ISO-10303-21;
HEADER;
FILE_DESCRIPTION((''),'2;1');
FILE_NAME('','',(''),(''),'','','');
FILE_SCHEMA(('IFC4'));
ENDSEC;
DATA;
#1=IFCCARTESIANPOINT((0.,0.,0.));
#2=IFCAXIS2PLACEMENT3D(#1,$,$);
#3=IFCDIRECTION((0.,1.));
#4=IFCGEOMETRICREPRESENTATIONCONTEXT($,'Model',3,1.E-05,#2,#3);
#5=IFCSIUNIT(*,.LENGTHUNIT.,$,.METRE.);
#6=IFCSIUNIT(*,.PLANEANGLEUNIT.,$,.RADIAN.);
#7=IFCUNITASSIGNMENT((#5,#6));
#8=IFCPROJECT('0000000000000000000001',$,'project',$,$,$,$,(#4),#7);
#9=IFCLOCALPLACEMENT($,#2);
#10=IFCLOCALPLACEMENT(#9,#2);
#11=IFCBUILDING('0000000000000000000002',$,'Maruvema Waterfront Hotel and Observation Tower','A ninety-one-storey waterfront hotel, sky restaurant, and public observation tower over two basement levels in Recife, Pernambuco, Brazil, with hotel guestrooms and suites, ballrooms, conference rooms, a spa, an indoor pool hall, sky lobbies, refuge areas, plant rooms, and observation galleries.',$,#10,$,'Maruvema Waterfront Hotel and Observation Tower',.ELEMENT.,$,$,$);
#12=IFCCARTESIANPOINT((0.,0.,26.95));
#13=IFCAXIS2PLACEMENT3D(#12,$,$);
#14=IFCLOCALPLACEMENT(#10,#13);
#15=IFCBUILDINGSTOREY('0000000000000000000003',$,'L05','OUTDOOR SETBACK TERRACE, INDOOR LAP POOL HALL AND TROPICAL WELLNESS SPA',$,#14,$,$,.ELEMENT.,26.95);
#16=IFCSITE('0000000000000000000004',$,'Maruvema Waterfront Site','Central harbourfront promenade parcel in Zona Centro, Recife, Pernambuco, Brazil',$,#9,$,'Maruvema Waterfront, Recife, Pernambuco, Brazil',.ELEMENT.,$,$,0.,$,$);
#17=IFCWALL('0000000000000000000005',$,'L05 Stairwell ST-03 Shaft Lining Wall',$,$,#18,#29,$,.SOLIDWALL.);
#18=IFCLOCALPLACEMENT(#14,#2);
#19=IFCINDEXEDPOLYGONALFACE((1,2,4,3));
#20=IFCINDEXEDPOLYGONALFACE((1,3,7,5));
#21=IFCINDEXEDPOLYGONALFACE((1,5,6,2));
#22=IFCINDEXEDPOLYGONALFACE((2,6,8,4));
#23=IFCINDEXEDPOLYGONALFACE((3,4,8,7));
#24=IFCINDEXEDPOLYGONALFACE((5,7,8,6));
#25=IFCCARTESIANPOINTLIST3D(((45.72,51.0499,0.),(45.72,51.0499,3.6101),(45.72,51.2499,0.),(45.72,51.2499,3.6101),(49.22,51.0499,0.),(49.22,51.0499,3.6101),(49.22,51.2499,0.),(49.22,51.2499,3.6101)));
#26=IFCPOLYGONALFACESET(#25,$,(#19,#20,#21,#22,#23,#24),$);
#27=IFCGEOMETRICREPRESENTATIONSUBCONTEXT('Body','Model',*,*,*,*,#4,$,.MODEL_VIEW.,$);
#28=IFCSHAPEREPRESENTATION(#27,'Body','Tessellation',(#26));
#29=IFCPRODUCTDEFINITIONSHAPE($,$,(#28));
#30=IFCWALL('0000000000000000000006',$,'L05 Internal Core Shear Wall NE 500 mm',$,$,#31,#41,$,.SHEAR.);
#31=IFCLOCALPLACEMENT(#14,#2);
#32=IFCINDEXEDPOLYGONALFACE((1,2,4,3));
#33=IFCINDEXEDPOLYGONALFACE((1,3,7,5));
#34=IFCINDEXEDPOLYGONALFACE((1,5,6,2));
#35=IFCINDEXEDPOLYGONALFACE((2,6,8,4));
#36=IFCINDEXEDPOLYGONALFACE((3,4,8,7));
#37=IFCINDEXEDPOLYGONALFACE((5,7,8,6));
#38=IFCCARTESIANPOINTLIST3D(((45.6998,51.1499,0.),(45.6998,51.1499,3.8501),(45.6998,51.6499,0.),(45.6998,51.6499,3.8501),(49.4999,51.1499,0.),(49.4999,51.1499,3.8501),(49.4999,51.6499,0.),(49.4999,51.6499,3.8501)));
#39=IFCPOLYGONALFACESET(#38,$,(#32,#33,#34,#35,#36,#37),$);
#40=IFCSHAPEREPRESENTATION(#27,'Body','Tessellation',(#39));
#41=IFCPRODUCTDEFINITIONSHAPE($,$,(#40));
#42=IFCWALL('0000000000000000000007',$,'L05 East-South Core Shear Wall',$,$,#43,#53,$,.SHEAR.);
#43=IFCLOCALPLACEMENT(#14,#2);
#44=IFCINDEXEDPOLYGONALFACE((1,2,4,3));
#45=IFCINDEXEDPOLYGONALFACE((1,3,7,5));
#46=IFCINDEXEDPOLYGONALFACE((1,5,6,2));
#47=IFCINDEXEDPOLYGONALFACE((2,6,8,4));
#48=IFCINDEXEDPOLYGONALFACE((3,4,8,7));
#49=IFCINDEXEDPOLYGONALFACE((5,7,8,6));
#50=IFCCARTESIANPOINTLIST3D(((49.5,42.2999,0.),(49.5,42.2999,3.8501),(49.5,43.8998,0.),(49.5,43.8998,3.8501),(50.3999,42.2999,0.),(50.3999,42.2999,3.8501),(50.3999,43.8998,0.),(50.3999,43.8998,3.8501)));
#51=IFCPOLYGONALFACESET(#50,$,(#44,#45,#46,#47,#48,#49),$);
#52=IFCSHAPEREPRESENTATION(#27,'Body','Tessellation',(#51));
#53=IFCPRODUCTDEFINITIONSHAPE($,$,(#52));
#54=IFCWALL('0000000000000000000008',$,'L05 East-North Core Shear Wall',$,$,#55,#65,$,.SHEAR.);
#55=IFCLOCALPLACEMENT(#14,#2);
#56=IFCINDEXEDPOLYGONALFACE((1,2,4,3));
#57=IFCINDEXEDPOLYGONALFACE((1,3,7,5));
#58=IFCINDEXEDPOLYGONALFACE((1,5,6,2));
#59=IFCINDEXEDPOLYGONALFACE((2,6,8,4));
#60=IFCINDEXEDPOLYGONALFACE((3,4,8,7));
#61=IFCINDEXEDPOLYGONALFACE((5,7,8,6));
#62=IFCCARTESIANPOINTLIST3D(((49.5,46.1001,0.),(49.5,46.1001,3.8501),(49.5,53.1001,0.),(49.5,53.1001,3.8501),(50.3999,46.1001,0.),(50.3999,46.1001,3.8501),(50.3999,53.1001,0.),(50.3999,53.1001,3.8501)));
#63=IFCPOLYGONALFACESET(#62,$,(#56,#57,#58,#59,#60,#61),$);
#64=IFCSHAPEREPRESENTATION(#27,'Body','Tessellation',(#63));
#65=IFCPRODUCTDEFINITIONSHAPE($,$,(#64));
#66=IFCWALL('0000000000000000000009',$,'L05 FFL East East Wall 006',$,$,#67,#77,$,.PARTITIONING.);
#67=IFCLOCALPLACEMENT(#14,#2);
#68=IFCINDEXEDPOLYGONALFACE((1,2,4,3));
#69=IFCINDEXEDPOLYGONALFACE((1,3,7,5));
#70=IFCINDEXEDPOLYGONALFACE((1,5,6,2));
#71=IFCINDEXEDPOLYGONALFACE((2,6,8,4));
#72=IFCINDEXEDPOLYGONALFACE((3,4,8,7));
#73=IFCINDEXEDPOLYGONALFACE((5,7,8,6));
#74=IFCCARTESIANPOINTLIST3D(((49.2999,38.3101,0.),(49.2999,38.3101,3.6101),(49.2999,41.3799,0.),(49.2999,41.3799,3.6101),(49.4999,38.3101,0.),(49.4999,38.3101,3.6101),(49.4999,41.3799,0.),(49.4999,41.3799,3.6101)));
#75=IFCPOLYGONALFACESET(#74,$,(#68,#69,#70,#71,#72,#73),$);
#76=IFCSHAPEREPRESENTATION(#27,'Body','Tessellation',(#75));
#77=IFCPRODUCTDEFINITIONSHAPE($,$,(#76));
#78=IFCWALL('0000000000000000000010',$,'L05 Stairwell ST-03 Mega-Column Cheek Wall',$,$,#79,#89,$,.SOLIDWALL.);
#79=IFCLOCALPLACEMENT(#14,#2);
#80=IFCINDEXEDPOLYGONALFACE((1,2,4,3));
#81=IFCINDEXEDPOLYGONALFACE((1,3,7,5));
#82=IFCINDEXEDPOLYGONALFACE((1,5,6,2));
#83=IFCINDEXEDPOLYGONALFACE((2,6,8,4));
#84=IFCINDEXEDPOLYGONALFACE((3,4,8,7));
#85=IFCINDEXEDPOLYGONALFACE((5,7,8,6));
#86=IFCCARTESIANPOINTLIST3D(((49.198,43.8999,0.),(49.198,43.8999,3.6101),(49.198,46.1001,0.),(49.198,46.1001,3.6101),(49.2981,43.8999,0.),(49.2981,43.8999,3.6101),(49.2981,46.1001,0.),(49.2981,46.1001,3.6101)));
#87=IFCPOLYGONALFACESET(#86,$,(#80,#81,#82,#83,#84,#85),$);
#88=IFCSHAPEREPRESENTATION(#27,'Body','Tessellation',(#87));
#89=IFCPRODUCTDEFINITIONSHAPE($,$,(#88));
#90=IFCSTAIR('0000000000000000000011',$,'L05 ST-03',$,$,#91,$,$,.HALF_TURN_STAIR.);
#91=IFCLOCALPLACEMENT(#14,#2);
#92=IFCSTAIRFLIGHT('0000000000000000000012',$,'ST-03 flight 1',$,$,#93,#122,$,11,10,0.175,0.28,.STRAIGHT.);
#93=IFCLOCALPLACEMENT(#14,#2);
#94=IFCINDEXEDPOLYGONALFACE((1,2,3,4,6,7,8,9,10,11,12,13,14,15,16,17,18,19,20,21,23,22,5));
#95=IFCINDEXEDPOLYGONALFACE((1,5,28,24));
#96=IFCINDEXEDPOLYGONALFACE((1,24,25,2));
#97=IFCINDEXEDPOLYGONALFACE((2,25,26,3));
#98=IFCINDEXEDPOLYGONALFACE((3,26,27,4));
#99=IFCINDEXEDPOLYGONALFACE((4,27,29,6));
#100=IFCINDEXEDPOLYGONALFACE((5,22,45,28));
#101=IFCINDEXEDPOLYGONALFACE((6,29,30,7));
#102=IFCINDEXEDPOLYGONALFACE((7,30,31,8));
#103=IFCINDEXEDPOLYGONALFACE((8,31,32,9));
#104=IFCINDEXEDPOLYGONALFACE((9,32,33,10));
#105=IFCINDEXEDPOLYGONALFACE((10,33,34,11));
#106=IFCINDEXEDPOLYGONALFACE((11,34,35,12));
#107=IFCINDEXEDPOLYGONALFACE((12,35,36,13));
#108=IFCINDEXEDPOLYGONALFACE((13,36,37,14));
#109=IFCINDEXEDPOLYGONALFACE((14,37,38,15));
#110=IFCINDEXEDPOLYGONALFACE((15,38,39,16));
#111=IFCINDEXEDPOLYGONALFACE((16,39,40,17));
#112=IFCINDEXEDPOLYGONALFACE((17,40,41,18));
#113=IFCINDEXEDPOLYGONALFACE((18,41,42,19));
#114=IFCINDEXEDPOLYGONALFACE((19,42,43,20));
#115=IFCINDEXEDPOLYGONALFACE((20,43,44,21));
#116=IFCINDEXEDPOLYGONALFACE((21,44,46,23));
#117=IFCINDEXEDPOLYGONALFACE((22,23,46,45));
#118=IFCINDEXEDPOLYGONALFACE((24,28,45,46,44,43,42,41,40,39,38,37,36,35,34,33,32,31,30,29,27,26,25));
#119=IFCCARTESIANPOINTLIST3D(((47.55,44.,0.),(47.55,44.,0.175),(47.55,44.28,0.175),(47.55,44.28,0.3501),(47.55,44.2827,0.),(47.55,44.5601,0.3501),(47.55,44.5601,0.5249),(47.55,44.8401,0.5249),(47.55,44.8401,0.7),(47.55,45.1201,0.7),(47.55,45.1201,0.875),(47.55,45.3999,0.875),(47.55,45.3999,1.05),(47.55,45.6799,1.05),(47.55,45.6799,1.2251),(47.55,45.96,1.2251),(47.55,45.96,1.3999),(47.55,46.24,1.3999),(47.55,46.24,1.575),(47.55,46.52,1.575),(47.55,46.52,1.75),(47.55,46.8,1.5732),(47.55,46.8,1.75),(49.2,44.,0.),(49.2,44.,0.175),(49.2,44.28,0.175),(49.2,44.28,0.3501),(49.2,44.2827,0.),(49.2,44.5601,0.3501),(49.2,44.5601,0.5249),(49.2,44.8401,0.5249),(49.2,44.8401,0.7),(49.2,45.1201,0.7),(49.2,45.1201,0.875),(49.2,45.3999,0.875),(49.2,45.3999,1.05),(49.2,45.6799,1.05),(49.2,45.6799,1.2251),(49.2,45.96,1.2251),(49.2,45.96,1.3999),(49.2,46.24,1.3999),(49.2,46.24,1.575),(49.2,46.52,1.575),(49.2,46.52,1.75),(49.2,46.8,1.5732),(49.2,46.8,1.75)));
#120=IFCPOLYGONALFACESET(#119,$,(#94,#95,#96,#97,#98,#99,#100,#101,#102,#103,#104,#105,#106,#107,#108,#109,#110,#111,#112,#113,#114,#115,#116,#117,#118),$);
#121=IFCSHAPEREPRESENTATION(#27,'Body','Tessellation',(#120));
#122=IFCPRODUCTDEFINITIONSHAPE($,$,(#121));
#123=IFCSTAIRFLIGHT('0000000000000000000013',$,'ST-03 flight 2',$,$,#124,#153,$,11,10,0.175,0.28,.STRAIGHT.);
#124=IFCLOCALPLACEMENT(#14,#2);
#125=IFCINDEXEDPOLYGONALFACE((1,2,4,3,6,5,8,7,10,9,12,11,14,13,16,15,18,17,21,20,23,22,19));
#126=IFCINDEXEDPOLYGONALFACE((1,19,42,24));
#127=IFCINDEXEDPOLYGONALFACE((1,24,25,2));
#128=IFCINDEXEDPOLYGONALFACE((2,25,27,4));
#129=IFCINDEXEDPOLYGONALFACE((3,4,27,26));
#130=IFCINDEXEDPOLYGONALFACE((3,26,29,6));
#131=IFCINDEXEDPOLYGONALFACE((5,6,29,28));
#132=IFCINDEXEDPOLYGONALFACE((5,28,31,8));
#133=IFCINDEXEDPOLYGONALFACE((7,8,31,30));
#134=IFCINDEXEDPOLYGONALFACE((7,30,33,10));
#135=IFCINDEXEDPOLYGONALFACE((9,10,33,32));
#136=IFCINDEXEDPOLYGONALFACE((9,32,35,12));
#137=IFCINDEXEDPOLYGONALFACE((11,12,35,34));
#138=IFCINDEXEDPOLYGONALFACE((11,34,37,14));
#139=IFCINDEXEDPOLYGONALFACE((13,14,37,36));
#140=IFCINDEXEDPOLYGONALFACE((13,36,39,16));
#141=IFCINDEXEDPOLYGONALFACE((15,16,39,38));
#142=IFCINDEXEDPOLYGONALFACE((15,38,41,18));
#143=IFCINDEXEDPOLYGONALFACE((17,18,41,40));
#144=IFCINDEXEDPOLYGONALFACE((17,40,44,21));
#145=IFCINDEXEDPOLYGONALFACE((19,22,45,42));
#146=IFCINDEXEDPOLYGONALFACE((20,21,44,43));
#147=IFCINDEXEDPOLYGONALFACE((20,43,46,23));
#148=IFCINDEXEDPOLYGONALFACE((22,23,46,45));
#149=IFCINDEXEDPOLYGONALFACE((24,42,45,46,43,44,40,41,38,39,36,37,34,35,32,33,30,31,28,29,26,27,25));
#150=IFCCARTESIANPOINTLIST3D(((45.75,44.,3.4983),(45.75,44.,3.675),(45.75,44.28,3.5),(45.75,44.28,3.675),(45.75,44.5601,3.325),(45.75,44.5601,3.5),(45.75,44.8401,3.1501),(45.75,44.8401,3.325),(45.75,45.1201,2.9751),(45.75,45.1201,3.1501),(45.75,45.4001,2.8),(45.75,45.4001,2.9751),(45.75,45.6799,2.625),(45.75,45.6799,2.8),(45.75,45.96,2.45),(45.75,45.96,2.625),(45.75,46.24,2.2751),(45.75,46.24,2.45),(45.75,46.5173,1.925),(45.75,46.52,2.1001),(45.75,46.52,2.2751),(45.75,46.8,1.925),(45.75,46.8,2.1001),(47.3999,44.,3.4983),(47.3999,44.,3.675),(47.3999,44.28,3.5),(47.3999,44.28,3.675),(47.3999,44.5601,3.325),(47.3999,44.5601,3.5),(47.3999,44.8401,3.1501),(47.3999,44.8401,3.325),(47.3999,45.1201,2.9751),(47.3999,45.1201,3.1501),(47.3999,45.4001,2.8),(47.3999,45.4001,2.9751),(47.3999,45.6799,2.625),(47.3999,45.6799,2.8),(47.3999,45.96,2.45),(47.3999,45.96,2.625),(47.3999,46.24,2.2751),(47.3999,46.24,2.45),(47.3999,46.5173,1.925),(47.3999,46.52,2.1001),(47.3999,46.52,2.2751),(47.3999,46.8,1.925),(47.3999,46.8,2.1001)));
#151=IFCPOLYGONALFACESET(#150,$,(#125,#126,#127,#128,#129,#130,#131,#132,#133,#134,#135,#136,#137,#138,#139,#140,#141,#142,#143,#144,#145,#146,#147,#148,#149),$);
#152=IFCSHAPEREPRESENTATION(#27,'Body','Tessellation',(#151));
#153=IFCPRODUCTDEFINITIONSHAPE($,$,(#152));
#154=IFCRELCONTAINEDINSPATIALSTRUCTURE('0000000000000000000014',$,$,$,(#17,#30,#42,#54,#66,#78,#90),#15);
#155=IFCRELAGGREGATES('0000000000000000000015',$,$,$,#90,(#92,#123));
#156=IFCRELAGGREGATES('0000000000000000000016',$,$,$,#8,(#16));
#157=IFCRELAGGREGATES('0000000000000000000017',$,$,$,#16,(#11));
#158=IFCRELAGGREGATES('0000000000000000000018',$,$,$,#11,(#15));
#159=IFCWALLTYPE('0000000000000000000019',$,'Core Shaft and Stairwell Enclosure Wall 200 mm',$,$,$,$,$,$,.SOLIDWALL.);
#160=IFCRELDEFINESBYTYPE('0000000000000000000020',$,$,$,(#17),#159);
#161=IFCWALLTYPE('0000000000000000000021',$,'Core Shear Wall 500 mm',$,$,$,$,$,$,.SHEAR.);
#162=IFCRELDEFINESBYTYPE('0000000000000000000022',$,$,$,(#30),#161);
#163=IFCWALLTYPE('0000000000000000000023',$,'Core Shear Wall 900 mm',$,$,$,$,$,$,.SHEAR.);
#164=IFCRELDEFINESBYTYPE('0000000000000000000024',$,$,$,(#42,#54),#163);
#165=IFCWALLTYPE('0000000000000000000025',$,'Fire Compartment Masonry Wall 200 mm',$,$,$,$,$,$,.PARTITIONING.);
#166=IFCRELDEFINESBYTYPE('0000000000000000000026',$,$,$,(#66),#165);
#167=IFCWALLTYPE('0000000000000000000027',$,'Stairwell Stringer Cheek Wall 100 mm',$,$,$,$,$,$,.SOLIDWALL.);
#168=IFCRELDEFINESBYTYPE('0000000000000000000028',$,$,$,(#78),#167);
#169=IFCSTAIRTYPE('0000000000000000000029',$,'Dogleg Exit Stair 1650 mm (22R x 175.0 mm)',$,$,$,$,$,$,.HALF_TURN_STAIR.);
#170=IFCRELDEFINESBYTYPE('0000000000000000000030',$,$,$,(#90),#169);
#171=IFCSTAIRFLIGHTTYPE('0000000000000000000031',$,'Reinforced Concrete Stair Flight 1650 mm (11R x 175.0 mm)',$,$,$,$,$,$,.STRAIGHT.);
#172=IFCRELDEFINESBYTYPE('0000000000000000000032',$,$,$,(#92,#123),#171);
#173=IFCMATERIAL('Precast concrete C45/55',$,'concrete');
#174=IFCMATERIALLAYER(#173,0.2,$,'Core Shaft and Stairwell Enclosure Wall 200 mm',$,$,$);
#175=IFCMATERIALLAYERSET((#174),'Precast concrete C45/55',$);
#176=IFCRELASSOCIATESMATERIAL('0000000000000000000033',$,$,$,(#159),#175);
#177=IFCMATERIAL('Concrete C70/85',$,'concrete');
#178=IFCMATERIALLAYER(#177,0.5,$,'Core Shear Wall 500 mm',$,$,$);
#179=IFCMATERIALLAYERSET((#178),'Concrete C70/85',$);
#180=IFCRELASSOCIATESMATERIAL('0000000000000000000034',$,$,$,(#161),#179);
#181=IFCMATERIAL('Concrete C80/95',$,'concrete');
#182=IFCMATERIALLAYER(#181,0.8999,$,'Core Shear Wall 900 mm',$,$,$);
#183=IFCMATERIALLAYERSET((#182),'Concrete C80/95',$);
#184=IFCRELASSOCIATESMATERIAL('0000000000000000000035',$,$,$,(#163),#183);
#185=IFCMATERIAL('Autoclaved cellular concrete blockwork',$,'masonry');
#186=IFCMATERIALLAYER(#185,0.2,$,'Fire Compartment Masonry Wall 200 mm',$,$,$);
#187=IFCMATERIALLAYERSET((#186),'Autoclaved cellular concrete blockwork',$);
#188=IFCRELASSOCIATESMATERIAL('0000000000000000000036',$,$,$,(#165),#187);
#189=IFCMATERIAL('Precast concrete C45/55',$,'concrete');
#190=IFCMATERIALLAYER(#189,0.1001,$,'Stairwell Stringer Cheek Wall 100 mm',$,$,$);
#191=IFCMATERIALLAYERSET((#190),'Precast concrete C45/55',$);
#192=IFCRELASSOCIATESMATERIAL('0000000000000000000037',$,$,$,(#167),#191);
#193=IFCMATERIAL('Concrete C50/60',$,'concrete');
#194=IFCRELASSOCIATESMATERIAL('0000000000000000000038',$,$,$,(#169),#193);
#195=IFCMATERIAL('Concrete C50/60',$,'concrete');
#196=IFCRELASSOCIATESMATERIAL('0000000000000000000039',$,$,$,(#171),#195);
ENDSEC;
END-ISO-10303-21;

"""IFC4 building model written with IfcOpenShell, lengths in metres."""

from ifc_helpers import new_model, si_unit, direction, frame, frame_2d, origin, place, context, subcontext, project, spatial, polyline, rectangle, outline, extrude, material, layer, layer_set, type_object, element, aggregate, save


model = new_model("IFC4")

# Units and contexts
model_context = context("Model", 3, precision=1e-05, world=origin(), true_north=direction((0.0, 1.0)))
body_context = subcontext(model_context, "Body", "Model", "MODEL_VIEW")
ifc_project = project(units=[si_unit("LENGTHUNIT", "METRE"), si_unit("PLANEANGLEUNIT", "RADIAN")], contexts=[model_context])

# Site, building, storey
site_placement = place(None, origin())
site = spatial("IfcSite", under=ifc_project, at=site_placement, Name="Maruvema Waterfront Site", Description="Central harbourfront promenade parcel in Zona Centro, Recife, Pernambuco, Brazil", LongName="Maruvema Waterfront, Recife, Pernambuco, Brazil", CompositionType="ELEMENT", RefElevation=0.0)
building_placement = place(site_placement, origin())
building = spatial("IfcBuilding", under=site, at=building_placement, Name="Maruvema Waterfront Hotel and Observation Tower", Description="A ninety-one-storey waterfront hotel, sky restaurant, and public observation tower over two basement levels in Recife, Pernambuco, Brazil, with hotel guestrooms and suites, ballrooms, conference rooms, a spa, an indoor pool hall, sky lobbies, refuge areas, plant rooms, and observation galleries.", LongName="Maruvema Waterfront Hotel and Observation Tower", CompositionType="ELEMENT")
storey_placement = place(building_placement, frame((0.0, 0.0, 26.95)))
storey = spatial("IfcBuildingStorey", under=building, at=storey_placement, Name="L05", Description="OUTDOOR SETBACK TERRACE, INDOOR LAP POOL HALL AND TROPICAL WELLNESS SPA", CompositionType="ELEMENT", Elevation=26.95)

# Walls
ifc_material_1 = material(Name="Precast concrete C45/55", Category="concrete")
ifc_layer_1 = layer(ifc_material_1, 0.2, Name="Core Shaft and Stairwell Enclosure Wall 200 mm")
ifc_layer_set_1 = layer_set([ifc_layer_1], Name="Precast concrete C45/55")
wall_type_1 = type_object("IfcWallType", Name="Core Shaft and Stairwell Enclosure Wall 200 mm", PredefinedType="SOLIDWALL", material=ifc_layer_set_1)
wall_1_placement = place(storey_placement, frame((45.72, 51.1499, 0.0), z_axis=(0.0, 0.0, 1.0), x_axis=(1.0, 0.0, 0.0)))
element("IfcWall", 1, at=wall_1_placement, inside=storey, type_object=wall_type_1, Name="L05 Stairwell ST-03 Shaft Lining Wall", PredefinedType="SOLIDWALL", context=body_context, shape_type="SweptSolid", body=[
    extrude(rectangle(XDim=3.5, YDim=0.2, at=frame_2d((1.75, 0.0))), origin(), (0.0, 0.0, 1.0), 3.6101),
])
ifc_material_2 = material(Name="Concrete C70/85", Category="concrete")
ifc_layer_2 = layer(ifc_material_2, 0.5, Name="Core Shear Wall 500 mm")
ifc_layer_set_2 = layer_set([ifc_layer_2], Name="Concrete C70/85")
wall_type_2 = type_object("IfcWallType", Name="Core Shear Wall 500 mm", PredefinedType="SHEAR", material=ifc_layer_set_2)
wall_2_placement = place(storey_placement, frame((45.7, 51.3999, 0.0), z_axis=(0.0, 0.0, 1.0), x_axis=(1.0, 0.0, 0.0)))
element("IfcWall", 2, at=wall_2_placement, inside=storey, type_object=wall_type_2, Name="L05 Internal Core Shear Wall NE 500 mm", PredefinedType="SHEAR", context=body_context, shape_type="SweptSolid", body=[
    extrude(rectangle(XDim=3.8, YDim=0.5, at=frame_2d((1.8999, 0.0))), origin(), (0.0, 0.0, 1.0), 3.8501),
])
ifc_material_3 = material(Name="Concrete C80/95", Category="concrete")
ifc_layer_3 = layer(ifc_material_3, 0.8999, Name="Core Shear Wall 900 mm")
ifc_layer_set_3 = layer_set([ifc_layer_3], Name="Concrete C80/95")
wall_type_3 = type_object("IfcWallType", Name="Core Shear Wall 900 mm", PredefinedType="SHEAR", material=ifc_layer_set_3)
wall_3_placement = place(storey_placement, frame((49.95, 42.3, 0.0), z_axis=(0.0, 0.0, 1.0), x_axis=(0.0, 1.0, 0.0)))
element("IfcWall", 3, at=wall_3_placement, inside=storey, type_object=wall_type_3, Name="L05 East-South Core Shear Wall", PredefinedType="SHEAR", context=body_context, shape_type="SweptSolid", body=[
    extrude(rectangle(XDim=1.5999, YDim=0.8999, at=frame_2d((0.7998, 0.0))), origin(), (0.0, 0.0, 1.0), 3.8501),
])
wall_4_placement = place(storey_placement, frame((49.95, 46.1001, 0.0), z_axis=(0.0, 0.0, 1.0), x_axis=(0.0, 1.0, 0.0)))
element("IfcWall", 4, at=wall_4_placement, inside=storey, type_object=wall_type_3, Name="L05 East-North Core Shear Wall", PredefinedType="SHEAR", context=body_context, shape_type="SweptSolid", body=[
    extrude(rectangle(XDim=7.0, YDim=0.8999, at=frame_2d((3.5, 0.0))), origin(), (0.0, 0.0, 1.0), 3.8501),
])
ifc_material_4 = material(Name="Autoclaved cellular concrete blockwork", Category="masonry")
ifc_layer_4 = layer(ifc_material_4, 0.2, Name="Fire Compartment Masonry Wall 200 mm")
ifc_layer_set_4 = layer_set([ifc_layer_4], Name="Autoclaved cellular concrete blockwork")
wall_type_4 = type_object("IfcWallType", Name="Fire Compartment Masonry Wall 200 mm", PredefinedType="PARTITIONING", material=ifc_layer_set_4)
wall_5_placement = place(storey_placement, frame((49.3999, 38.3101, 0.0), z_axis=(0.0, 0.0, 1.0), x_axis=(0.0, 1.0, 0.0)))
element("IfcWall", 5, at=wall_5_placement, inside=storey, type_object=wall_type_4, Name="L05 FFL East East Wall 006", PredefinedType="PARTITIONING", context=body_context, shape_type="SweptSolid", body=[
    extrude(rectangle(XDim=3.0698, YDim=0.2, at=frame_2d((1.5349, 0.0))), origin(), (0.0, 0.0, 1.0), 3.6101),
])
ifc_material_5 = material(Name="Precast concrete C45/55", Category="concrete")
ifc_layer_5 = layer(ifc_material_5, 0.1001, Name="Stairwell Stringer Cheek Wall 100 mm")
ifc_layer_set_5 = layer_set([ifc_layer_5], Name="Precast concrete C45/55")
wall_type_5 = type_object("IfcWallType", Name="Stairwell Stringer Cheek Wall 100 mm", PredefinedType="SOLIDWALL", material=ifc_layer_set_5)
wall_6_placement = place(storey_placement, frame((49.248, 43.8999, 0.0), z_axis=(0.0, 0.0, 1.0), x_axis=(0.0, 1.0, 0.0)))
element("IfcWall", 6, at=wall_6_placement, inside=storey, type_object=wall_type_5, Name="L05 Stairwell ST-03 Mega-Column Cheek Wall", PredefinedType="SOLIDWALL", context=body_context, shape_type="SweptSolid", body=[
    extrude(rectangle(XDim=2.2002, YDim=0.1001, at=frame_2d((1.1001, 0.0))), origin(), (0.0, 0.0, 1.0), 3.6101),
])

# Stair, stair flights
ifc_material_6 = material(Name="Concrete C50/60", Category="concrete")
stair_type = type_object("IfcStairType", Name="Dogleg Exit Stair 1650 mm (22R x 175.0 mm)", PredefinedType="HALF_TURN_STAIR", material=ifc_material_6)
stair_placement = place(storey_placement, origin())
stair = element("IfcStair", 7, at=stair_placement, inside=storey, type_object=stair_type, Name="L05 ST-03", PredefinedType="HALF_TURN_STAIR")
ifc_material_7 = material(Name="Concrete C50/60", Category="concrete")
stair_flight_type = type_object("IfcStairFlightType", Name="Reinforced Concrete Stair Flight 1650 mm (11R x 175.0 mm)", PredefinedType="STRAIGHT", material=ifc_material_7)
stair_flight_1_placement = place(storey_placement, frame((48.375, 44.0, 0.0), z_axis=(0.0, 0.0, 1.0), x_axis=(0.0, 1.0, 0.0)))
stair_flight_1 = element("IfcStairFlight", 8, at=stair_flight_1_placement, type_object=stair_flight_type, Name="ST-03 flight 1", NumberOfRisers=11, NumberOfTreads=10, PredefinedType="STRAIGHT", RiserHeight=0.175, TreadLength=0.28, context=body_context, shape_type="SweptSolid", body=[
    extrude(outline(polyline([(0.0, 0.0), (0.0, 0.175), (0.28, 0.175), (0.28, 0.3501), (0.5601, 0.3501), (0.5601, 0.5249), (0.8401, 0.5249), (0.8401, 0.7), (1.1201, 0.7), (1.1201, 0.875), (1.3999, 0.875), (1.3999, 1.05), (1.6799, 1.05), (1.6799, 1.2251), (1.96, 1.2251), (1.96, 1.3999), (2.24, 1.3999), (2.24, 1.575), (2.52, 1.575), (2.52, 1.75), (2.8, 1.75), (2.8, 1.925), (2.8, 1.5732), (0.2827, 0.0), (0.0, 0.0)])), frame((0.0, 0.825, 0.0), z_axis=(0.0, -1.0, 0.0), x_axis=(1.0, 0.0, 0.0)), (0.0, 0.0, 1.0), 1.6499),
])
stair_flight_2_placement = place(storey_placement, frame((46.575, 46.8, 1.925), z_axis=(0.0, 0.0, 1.0), x_axis=(0.0, -1.0, 0.0)))
stair_flight_2 = element("IfcStairFlight", 9, at=stair_flight_2_placement, type_object=stair_flight_type, Name="ST-03 flight 2", NumberOfRisers=11, NumberOfTreads=10, PredefinedType="STRAIGHT", RiserHeight=0.175, TreadLength=0.28, context=body_context, shape_type="SweptSolid", body=[
    extrude(outline(polyline([(0.0, 0.0), (0.0, 0.175), (0.28, 0.175), (0.28, 0.3501), (0.5601, 0.3501), (0.5601, 0.5249), (0.8401, 0.5249), (0.8401, 0.7), (1.1201, 0.7), (1.1201, 0.875), (1.3999, 0.875), (1.3999, 1.05), (1.6799, 1.05), (1.6799, 1.2251), (1.96, 1.2251), (1.96, 1.3999), (2.24, 1.3999), (2.24, 1.575), (2.52, 1.575), (2.52, 1.75), (2.8, 1.75), (2.8, 1.925), (2.8, 1.5732), (0.2827, 0.0), (0.0, 0.0)])), frame((0.0, 0.825, 0.0), z_axis=(0.0, -1.0, 0.0), x_axis=(1.0, 0.0, 0.0)), (0.0, 0.0, 1.0), 1.6499),
])
aggregate(stair, [stair_flight_1, stair_flight_2])

save(model, "model.ifc")
